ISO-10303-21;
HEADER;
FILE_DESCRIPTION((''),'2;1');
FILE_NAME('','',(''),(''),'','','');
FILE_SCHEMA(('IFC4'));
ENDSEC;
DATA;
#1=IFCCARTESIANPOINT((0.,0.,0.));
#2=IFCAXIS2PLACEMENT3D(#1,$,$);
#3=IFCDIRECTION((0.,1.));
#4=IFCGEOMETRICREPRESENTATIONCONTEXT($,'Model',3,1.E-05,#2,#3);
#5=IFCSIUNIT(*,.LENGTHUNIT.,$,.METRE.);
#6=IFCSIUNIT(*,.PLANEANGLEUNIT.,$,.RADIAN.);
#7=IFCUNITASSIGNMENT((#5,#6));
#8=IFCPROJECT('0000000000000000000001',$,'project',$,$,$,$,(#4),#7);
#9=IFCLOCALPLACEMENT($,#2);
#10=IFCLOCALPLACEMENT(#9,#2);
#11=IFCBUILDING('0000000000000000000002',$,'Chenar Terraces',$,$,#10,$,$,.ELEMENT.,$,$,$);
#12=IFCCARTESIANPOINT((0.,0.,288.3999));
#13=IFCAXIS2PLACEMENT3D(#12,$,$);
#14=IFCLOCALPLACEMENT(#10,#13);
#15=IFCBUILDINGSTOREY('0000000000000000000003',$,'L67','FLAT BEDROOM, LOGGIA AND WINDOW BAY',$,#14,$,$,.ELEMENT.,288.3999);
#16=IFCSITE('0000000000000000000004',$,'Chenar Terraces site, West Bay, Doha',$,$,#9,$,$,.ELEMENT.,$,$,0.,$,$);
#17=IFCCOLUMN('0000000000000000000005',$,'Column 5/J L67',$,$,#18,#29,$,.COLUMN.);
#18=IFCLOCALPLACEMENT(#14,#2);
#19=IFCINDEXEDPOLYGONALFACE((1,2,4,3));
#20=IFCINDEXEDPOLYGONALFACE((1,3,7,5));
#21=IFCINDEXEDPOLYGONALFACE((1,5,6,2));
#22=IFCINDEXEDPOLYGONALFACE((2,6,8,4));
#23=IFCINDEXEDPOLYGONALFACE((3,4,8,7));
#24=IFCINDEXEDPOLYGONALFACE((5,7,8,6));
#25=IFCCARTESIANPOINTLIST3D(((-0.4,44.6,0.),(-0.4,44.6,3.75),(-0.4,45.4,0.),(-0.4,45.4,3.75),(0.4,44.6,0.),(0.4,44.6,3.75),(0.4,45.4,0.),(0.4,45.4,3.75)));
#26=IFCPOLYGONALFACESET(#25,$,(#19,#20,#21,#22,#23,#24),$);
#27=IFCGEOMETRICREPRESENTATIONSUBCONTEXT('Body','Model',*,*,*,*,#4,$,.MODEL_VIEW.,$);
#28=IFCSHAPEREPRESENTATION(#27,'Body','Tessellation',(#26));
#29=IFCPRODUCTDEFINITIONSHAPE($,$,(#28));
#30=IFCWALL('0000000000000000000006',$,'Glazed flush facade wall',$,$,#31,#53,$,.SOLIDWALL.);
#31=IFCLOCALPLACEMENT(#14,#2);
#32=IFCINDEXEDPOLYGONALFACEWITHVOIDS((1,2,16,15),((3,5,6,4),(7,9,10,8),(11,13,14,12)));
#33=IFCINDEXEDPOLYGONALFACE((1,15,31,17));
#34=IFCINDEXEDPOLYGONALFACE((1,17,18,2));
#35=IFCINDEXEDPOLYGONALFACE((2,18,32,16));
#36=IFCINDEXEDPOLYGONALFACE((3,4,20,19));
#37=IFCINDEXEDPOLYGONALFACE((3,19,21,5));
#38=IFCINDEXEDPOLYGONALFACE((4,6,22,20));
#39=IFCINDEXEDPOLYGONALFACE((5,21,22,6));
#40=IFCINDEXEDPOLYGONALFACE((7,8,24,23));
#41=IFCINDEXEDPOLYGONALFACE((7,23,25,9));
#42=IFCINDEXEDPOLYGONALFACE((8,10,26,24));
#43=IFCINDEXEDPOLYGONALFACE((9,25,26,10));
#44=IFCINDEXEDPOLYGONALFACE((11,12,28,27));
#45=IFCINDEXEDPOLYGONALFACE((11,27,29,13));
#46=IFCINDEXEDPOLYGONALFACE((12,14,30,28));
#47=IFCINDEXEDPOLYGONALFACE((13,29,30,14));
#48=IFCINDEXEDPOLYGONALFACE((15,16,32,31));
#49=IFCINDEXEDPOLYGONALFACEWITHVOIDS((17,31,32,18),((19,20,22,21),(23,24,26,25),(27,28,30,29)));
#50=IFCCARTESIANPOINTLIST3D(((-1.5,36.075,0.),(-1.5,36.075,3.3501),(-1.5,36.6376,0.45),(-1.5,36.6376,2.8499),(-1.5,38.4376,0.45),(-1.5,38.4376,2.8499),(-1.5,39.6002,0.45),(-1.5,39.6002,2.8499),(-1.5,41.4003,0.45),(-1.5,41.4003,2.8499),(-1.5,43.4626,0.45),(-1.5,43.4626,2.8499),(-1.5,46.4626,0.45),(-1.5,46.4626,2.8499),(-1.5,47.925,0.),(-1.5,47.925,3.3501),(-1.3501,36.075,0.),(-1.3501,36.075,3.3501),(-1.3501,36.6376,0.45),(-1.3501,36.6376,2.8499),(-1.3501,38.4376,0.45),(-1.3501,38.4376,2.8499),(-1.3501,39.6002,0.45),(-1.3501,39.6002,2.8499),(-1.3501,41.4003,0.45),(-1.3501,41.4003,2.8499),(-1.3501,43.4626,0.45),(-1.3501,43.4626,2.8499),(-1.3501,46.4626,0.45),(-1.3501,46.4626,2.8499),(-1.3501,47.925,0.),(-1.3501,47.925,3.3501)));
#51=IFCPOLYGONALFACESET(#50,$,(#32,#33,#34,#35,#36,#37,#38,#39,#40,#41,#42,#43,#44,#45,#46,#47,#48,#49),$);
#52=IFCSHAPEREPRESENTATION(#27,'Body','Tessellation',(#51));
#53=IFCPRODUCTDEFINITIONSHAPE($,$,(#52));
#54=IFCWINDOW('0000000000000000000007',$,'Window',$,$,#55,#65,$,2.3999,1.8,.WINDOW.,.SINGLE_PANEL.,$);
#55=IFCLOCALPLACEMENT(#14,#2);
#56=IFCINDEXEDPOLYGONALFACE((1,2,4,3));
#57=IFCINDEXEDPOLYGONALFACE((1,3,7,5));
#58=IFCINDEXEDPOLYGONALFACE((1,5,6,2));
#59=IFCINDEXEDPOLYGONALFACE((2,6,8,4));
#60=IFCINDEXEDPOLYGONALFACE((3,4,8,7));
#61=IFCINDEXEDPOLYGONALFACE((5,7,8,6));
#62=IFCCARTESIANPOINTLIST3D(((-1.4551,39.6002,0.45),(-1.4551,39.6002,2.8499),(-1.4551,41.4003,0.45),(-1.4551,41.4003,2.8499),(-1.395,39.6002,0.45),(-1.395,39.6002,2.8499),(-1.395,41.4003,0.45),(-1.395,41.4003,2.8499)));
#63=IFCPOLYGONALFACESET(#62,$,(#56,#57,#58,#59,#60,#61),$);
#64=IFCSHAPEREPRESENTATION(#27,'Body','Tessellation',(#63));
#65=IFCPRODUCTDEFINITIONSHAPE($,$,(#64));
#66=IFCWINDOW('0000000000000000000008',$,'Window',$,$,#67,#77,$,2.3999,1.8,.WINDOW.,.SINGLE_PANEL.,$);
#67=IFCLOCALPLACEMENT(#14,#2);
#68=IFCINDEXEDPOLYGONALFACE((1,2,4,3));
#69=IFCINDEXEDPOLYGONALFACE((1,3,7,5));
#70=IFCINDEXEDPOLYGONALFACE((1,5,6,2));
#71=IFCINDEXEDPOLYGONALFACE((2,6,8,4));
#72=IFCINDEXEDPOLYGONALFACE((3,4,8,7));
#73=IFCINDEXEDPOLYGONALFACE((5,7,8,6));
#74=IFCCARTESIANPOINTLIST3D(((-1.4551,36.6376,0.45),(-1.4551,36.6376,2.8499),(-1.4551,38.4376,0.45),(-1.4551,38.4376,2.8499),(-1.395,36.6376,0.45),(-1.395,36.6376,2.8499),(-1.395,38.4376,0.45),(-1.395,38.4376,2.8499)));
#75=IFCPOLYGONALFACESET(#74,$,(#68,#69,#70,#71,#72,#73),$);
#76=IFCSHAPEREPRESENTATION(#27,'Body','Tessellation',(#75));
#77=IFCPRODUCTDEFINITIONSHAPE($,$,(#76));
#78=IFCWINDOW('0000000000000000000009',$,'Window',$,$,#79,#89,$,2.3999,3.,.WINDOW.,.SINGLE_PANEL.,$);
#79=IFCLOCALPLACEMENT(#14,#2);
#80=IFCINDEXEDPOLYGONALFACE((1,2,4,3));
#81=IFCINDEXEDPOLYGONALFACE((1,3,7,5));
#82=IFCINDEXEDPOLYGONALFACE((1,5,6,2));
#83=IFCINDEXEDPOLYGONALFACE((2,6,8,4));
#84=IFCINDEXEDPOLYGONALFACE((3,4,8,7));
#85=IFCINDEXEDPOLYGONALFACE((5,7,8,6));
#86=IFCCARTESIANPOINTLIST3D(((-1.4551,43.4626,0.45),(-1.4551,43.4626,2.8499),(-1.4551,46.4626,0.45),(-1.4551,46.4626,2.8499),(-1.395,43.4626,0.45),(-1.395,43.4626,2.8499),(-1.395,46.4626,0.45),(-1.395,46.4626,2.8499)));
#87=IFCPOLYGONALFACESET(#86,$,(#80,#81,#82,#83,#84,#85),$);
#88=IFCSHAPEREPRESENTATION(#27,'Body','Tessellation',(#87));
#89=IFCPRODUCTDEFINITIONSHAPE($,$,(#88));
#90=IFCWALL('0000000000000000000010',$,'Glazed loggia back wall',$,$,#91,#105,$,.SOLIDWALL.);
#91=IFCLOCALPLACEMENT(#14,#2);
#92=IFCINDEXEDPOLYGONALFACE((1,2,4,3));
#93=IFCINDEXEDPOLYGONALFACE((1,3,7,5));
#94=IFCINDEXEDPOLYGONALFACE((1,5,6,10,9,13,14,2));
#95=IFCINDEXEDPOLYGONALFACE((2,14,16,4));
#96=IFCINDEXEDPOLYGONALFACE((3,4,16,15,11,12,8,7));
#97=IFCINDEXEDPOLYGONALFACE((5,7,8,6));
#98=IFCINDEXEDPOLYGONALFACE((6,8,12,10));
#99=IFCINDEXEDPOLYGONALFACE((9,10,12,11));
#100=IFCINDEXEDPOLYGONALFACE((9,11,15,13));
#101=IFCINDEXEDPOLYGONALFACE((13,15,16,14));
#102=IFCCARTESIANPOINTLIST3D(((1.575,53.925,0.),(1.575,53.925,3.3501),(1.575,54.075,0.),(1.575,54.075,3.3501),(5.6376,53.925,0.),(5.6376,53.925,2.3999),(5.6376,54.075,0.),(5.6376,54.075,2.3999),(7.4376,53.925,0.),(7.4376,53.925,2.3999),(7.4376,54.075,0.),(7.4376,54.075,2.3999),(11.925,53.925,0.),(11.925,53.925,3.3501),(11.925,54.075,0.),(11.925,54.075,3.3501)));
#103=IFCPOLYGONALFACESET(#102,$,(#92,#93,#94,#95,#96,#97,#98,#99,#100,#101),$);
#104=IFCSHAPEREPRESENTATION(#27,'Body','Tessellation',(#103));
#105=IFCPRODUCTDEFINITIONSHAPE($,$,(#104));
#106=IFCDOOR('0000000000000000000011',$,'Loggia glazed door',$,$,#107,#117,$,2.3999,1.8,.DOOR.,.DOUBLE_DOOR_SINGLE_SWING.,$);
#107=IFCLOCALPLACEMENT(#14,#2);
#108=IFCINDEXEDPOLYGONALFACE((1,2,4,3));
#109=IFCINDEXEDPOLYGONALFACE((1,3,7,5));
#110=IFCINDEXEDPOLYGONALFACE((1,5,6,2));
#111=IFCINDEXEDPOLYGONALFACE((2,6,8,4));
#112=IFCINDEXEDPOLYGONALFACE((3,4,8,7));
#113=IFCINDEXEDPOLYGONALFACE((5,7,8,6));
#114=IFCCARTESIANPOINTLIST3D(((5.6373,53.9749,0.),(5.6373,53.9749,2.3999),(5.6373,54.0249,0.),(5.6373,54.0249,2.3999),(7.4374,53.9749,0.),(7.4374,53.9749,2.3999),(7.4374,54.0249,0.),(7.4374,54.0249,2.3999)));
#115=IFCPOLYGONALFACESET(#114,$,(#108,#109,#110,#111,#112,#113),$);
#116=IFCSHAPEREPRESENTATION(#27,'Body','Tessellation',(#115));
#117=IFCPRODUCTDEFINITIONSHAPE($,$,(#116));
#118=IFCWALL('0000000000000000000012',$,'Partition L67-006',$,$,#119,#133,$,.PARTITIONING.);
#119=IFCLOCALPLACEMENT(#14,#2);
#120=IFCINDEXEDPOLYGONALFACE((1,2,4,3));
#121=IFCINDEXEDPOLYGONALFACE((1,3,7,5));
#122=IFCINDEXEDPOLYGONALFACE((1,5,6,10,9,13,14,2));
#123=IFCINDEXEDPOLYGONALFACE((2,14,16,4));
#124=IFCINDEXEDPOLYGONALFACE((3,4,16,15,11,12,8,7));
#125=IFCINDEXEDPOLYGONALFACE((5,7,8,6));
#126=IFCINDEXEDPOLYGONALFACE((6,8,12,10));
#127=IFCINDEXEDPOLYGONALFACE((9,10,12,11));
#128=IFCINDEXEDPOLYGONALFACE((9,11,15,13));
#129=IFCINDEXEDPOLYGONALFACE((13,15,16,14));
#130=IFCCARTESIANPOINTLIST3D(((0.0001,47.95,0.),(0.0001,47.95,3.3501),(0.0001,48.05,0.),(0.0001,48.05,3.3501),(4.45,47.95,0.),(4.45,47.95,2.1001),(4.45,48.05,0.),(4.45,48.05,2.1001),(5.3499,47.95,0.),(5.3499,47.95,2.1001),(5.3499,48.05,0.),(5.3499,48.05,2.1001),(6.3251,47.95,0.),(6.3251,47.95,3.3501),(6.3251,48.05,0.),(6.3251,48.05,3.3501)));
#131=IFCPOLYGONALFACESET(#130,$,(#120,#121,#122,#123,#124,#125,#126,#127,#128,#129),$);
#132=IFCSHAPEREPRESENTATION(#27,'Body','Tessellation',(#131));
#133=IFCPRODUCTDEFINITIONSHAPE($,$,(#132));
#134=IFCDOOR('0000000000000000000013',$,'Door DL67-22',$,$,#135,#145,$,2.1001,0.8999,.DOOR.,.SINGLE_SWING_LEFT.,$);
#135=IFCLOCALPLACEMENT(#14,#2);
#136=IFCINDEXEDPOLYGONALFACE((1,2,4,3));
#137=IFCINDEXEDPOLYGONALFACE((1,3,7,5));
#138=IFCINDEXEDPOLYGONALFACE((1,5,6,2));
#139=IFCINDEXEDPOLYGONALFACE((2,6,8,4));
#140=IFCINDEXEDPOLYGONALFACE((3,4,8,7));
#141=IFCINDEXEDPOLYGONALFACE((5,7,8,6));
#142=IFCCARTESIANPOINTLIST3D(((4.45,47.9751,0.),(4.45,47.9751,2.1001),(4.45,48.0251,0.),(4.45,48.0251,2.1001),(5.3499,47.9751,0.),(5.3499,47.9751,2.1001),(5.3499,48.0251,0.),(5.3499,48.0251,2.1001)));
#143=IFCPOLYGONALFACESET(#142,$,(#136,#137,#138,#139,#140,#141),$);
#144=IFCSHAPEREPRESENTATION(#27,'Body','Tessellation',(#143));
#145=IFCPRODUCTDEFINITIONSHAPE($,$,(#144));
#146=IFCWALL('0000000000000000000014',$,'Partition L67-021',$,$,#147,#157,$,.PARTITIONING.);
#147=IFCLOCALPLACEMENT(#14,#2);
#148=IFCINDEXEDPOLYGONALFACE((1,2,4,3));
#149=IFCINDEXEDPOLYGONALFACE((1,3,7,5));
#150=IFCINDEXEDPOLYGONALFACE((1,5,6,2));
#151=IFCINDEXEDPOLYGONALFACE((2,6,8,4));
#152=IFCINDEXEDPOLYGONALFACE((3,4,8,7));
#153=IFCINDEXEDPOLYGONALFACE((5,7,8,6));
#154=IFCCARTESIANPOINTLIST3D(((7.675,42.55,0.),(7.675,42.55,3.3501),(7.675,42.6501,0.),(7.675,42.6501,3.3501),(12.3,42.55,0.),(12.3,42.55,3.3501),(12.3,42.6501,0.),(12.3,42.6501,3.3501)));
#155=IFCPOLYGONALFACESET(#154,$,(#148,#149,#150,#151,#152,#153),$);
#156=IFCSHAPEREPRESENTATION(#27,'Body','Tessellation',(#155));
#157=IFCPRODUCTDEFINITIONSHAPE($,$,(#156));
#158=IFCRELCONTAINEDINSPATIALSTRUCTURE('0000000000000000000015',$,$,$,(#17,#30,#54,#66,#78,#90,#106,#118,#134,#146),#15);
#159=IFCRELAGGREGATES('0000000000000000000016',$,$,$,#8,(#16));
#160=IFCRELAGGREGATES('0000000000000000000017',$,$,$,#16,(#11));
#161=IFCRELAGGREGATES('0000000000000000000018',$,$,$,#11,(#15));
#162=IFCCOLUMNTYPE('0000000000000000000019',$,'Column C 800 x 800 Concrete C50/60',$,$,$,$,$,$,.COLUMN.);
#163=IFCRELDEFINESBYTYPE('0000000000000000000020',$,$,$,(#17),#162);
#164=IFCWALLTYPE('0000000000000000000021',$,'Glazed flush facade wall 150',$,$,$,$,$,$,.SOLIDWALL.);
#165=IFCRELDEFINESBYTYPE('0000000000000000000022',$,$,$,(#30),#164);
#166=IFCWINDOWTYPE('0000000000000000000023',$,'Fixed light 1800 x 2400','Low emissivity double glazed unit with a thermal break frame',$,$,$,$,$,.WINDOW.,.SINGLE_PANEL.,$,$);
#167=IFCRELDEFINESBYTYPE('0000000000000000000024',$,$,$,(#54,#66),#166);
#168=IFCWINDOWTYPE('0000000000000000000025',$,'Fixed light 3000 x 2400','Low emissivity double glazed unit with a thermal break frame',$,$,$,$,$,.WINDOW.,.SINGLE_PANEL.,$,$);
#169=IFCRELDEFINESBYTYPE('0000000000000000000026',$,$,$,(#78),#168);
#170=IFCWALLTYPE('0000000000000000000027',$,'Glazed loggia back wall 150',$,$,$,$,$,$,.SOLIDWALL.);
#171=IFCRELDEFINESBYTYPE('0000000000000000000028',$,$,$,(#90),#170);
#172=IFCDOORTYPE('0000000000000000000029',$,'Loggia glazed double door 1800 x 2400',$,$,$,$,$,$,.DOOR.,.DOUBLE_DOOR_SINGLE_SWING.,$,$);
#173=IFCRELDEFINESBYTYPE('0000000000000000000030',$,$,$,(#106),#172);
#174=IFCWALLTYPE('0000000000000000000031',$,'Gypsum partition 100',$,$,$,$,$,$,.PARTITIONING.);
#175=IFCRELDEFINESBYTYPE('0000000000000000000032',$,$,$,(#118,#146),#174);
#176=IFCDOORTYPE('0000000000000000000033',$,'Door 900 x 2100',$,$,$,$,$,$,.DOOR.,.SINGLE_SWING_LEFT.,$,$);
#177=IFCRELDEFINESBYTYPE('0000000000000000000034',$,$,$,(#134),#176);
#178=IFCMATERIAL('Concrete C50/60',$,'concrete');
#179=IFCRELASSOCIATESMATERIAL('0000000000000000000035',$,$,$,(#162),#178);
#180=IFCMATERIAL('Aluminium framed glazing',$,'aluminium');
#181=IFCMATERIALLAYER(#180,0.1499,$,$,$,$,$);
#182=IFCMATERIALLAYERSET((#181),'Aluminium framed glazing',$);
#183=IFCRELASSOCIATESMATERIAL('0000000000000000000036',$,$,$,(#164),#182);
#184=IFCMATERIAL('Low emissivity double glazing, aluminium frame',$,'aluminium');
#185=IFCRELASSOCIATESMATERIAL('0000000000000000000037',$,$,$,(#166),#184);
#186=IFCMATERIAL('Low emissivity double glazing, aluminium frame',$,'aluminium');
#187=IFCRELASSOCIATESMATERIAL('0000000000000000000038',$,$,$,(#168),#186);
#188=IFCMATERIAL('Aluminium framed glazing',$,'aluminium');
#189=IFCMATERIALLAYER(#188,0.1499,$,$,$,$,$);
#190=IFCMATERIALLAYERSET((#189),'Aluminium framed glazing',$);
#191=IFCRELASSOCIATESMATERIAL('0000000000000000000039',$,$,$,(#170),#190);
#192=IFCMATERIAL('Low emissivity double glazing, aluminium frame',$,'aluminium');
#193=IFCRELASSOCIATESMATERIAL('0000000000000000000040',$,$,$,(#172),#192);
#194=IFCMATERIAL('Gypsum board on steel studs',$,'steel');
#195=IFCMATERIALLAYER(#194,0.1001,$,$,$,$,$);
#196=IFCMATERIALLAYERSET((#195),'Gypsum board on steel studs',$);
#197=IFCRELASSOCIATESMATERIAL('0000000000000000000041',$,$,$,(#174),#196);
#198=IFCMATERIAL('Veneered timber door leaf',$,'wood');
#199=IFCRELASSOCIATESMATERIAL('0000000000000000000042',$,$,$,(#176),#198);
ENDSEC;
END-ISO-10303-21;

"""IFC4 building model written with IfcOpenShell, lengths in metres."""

from ifc_helpers import new_model, si_unit, direction, frame, frame_2d, origin, origin_2d, place, context, subcontext, project, spatial, rectangle, extrude, material, layer, layer_set, material_profile, profile_set, type_object, element, fill, save


model = new_model("IFC4")

# Units and contexts
model_context = context("Model", 3, precision=1e-05, world=origin(), true_north=direction((0.0, 1.0)))
body_context = subcontext(model_context, "Body", "Model", "MODEL_VIEW")
ifc_project = project(units=[si_unit("LENGTHUNIT", "METRE"), si_unit("PLANEANGLEUNIT", "RADIAN")], contexts=[model_context])

# Site, building, storey
site_placement = place(None, origin())
site = spatial("IfcSite", under=ifc_project, at=site_placement, Name="Chenar Terraces site, West Bay, Doha", CompositionType="ELEMENT", RefElevation=0.0)
building_placement = place(site_placement, origin())
building = spatial("IfcBuilding", under=site, at=building_placement, Name="Chenar Terraces", CompositionType="ELEMENT")
storey_placement = place(building_placement, frame((0.0, 0.0, 288.3999)))
storey = spatial("IfcBuildingStorey", under=building, at=storey_placement, Name="L67", Description="FLAT BEDROOM, LOGGIA AND WINDOW BAY", CompositionType="ELEMENT", Elevation=288.3999)

# Column
ifc_material_1 = material(Name="Concrete C50/60", Category="concrete")
ifc_material_profile_1 = material_profile(ifc_material_1, rectangle(XDim=0.8, YDim=0.8, at=origin_2d()), Name="C 800 x 800")
ifc_profile_set_1 = profile_set([ifc_material_profile_1], Name="Concrete C50/60")
column_type = type_object("IfcColumnType", Name="Column C 800 x 800 Concrete C50/60", PredefinedType="COLUMN", material=ifc_profile_set_1)
column_placement = place(storey_placement, frame((0.0, 45.0, 0.0), z_axis=(0.0, 0.0, 1.0), x_axis=(1.0, 0.0, 0.0)))
element("IfcColumn", 1, at=column_placement, inside=storey, type_object=column_type, Name="Column 5/J L67", PredefinedType="COLUMN", context=body_context, shape_type="SweptSolid", body=[
    extrude(rectangle(XDim=0.8, YDim=0.8, at=origin_2d()), origin(), (0.0, 0.0, 1.0), 3.75),
])

# Wall, openings, windows
ifc_material_2 = material(Name="Aluminium framed glazing", Category="aluminium")
ifc_layer_1 = layer(ifc_material_2, 0.1499)
ifc_layer_set_1 = layer_set([ifc_layer_1], Name="Aluminium framed glazing")
wall_type_1 = type_object("IfcWallType", Name="Glazed flush facade wall 150", PredefinedType="SOLIDWALL", material=ifc_layer_set_1)
wall_1_placement = place(storey_placement, frame((-1.425, 47.925, 0.0), z_axis=(0.0, 0.0, 1.0), x_axis=(0.0, -1.0, 0.0)))
wall_1 = element("IfcWall", 2, at=wall_1_placement, inside=storey, type_object=wall_type_1, Name="Glazed flush facade wall", PredefinedType="SOLIDWALL", context=body_context, shape_type="SweptSolid", body=[
    extrude(rectangle(XDim=11.8501, YDim=0.1499, at=frame_2d((5.925, 0.0))), origin(), (0.0, 0.0, 1.0), 3.3501),
])
opening_1_placement = place(wall_1_placement, frame((1.4624, 0.0, 0.45)))
opening_1 = element("IfcOpeningElement", 3, at=opening_1_placement, cuts=wall_1, PredefinedType="OPENING", context=body_context, shape_type="SweptSolid", body=[
    extrude(rectangle(XDim=3.0, YDim=2.3999, at=frame_2d((1.5, 1.2))), frame((0.0, 0.085, 0.0), z_axis=(0.0, -1.0, 0.0), x_axis=(1.0, 0.0, 0.0)), (0.0, 0.0, 1.0), 0.1699),
])
opening_2_placement = place(wall_1_placement, frame((6.5249, 0.0, 0.45)))
opening_2 = element("IfcOpeningElement", 4, at=opening_2_placement, cuts=wall_1, PredefinedType="OPENING", context=body_context, shape_type="SweptSolid", body=[
    extrude(rectangle(XDim=1.8, YDim=2.3999, at=frame_2d((0.8999, 1.2))), frame((0.0, 0.085, 0.0), z_axis=(0.0, -1.0, 0.0), x_axis=(1.0, 0.0, 0.0)), (0.0, 0.0, 1.0), 0.1699),
])
opening_3_placement = place(wall_1_placement, frame((9.4875, 0.0, 0.45)))
opening_3 = element("IfcOpeningElement", 5, at=opening_3_placement, cuts=wall_1, PredefinedType="OPENING", context=body_context, shape_type="SweptSolid", body=[
    extrude(rectangle(XDim=1.8, YDim=2.3999, at=frame_2d((0.8999, 1.2))), frame((0.0, 0.085, 0.0), z_axis=(0.0, -1.0, 0.0), x_axis=(1.0, 0.0, 0.0)), (0.0, 0.0, 1.0), 0.1699),
])
ifc_material_3 = material(Name="Low emissivity double glazing, aluminium frame", Category="aluminium")
window_type_1 = type_object("IfcWindowType", Name="Fixed light 1800 x 2400", Description="Low emissivity double glazed unit with a thermal break frame", PartitioningType="SINGLE_PANEL", PredefinedType="WINDOW", material=ifc_material_3)
window_1_placement = place(opening_2_placement, origin())
window_1 = element("IfcWindow", 6, at=window_1_placement, inside=storey, type_object=window_type_1, Name="Window", OverallHeight=2.3999, OverallWidth=1.8, PartitioningType="SINGLE_PANEL", PredefinedType="WINDOW", context=body_context, shape_type="SweptSolid", body=[
    extrude(rectangle(XDim=1.8, YDim=2.3999, at=frame_2d((0.8999, 1.2))), frame((0.0, 0.03, 0.0), z_axis=(0.0, -1.0, 0.0), x_axis=(1.0, 0.0, 0.0)), (0.0, 0.0, 1.0), 0.0601),
])
fill(opening_2, window_1)
window_2_placement = place(opening_3_placement, origin())
window_2 = element("IfcWindow", 7, at=window_2_placement, inside=storey, type_object=window_type_1, Name="Window", OverallHeight=2.3999, OverallWidth=1.8, PartitioningType="SINGLE_PANEL", PredefinedType="WINDOW", context=body_context, shape_type="SweptSolid", body=[
    extrude(rectangle(XDim=1.8, YDim=2.3999, at=frame_2d((0.8999, 1.2))), frame((0.0, 0.03, 0.0), z_axis=(0.0, -1.0, 0.0), x_axis=(1.0, 0.0, 0.0)), (0.0, 0.0, 1.0), 0.0601),
])
fill(opening_3, window_2)
ifc_material_4 = material(Name="Low emissivity double glazing, aluminium frame", Category="aluminium")
window_type_2 = type_object("IfcWindowType", Name="Fixed light 3000 x 2400", Description="Low emissivity double glazed unit with a thermal break frame", PartitioningType="SINGLE_PANEL", PredefinedType="WINDOW", material=ifc_material_4)
window_3_placement = place(opening_1_placement, origin())
window_3 = element("IfcWindow", 8, at=window_3_placement, inside=storey, type_object=window_type_2, Name="Window", OverallHeight=2.3999, OverallWidth=3.0, PartitioningType="SINGLE_PANEL", PredefinedType="WINDOW", context=body_context, shape_type="SweptSolid", body=[
    extrude(rectangle(XDim=3.0, YDim=2.3999, at=frame_2d((1.5, 1.2))), frame((0.0, 0.03, 0.0), z_axis=(0.0, -1.0, 0.0), x_axis=(1.0, 0.0, 0.0)), (0.0, 0.0, 1.0), 0.0601),
])
fill(opening_1, window_3)

# Walls, openings, doors
ifc_material_5 = material(Name="Aluminium framed glazing", Category="aluminium")
ifc_layer_2 = layer(ifc_material_5, 0.1499)
ifc_layer_set_2 = layer_set([ifc_layer_2], Name="Aluminium framed glazing")
wall_type_2 = type_object("IfcWallType", Name="Glazed loggia back wall 150", PredefinedType="SOLIDWALL", material=ifc_layer_set_2)
wall_2_placement = place(storey_placement, frame((11.925, 54.0, 0.0), z_axis=(0.0, 0.0, 1.0), x_axis=(-1.0, 0.0, 0.0)))
wall_2 = element("IfcWall", 9, at=wall_2_placement, inside=storey, type_object=wall_type_2, Name="Glazed loggia back wall", PredefinedType="SOLIDWALL", context=body_context, shape_type="SweptSolid", body=[
    extrude(rectangle(XDim=10.3501, YDim=0.1499, at=frame_2d((5.175, 0.0))), origin(), (0.0, 0.0, 1.0), 3.3501),
])
opening_4_placement = place(wall_2_placement, frame((4.4875, 0.0, 0.0)))
opening_4 = element("IfcOpeningElement", 10, at=opening_4_placement, cuts=wall_2, PredefinedType="OPENING", context=body_context, shape_type="SweptSolid", body=[
    extrude(rectangle(XDim=1.8, YDim=2.3999, at=frame_2d((0.8999, 1.2))), frame((0.0, 0.085, 0.0), z_axis=(0.0, -1.0, 0.0), x_axis=(1.0, 0.0, 0.0)), (0.0, 0.0, 1.0), 0.1699),
])
ifc_material_6 = material(Name="Low emissivity double glazing, aluminium frame", Category="aluminium")
door_type_1 = type_object("IfcDoorType", Name="Loggia glazed double door 1800 x 2400", OperationType="DOUBLE_DOOR_SINGLE_SWING", PredefinedType="DOOR", material=ifc_material_6)
door_1_placement = place(opening_4_placement, frame((1.8, 0.0, 0.0), z_axis=(0.0, 0.0, 1.0), x_axis=(-1.0, 0.0, 0.0)))
door_1 = element("IfcDoor", 11, at=door_1_placement, inside=storey, type_object=door_type_1, Name="Loggia glazed door", OperationType="DOUBLE_DOOR_SINGLE_SWING", OverallHeight=2.3999, OverallWidth=1.8, PredefinedType="DOOR", context=body_context, shape_type="SweptSolid", body=[
    extrude(rectangle(XDim=1.8, YDim=2.3999, at=frame_2d((0.8999, 1.2))), frame((0.0, 0.0249, 0.0), z_axis=(0.0, -1.0, 0.0), x_axis=(1.0, 0.0, 0.0)), (0.0, 0.0, 1.0), 0.05),
])
fill(opening_4, door_1)
ifc_material_7 = material(Name="Gypsum board on steel studs", Category="steel")
ifc_layer_3 = layer(ifc_material_7, 0.1001)
ifc_layer_set_3 = layer_set([ifc_layer_3], Name="Gypsum board on steel studs")
wall_type_3 = type_object("IfcWallType", Name="Gypsum partition 100", PredefinedType="PARTITIONING", material=ifc_layer_set_3)
wall_3_placement = place(storey_placement, frame((0.0, 48.0, 0.0), z_axis=(0.0, 0.0, 1.0), x_axis=(1.0, 0.0, 0.0)))
wall_3 = element("IfcWall", 12, at=wall_3_placement, inside=storey, type_object=wall_type_3, Name="Partition L67-006", PredefinedType="PARTITIONING", context=body_context, shape_type="SweptSolid", body=[
    extrude(rectangle(XDim=6.325, YDim=0.1001, at=frame_2d((3.1626, 0.0))), origin(), (0.0, 0.0, 1.0), 3.3501),
])
opening_5_placement = place(wall_3_placement, frame((4.45, 0.0, 0.0)))
opening_5 = element("IfcOpeningElement", 13, at=opening_5_placement, cuts=wall_3, PredefinedType="OPENING", context=body_context, shape_type="SweptSolid", body=[
    extrude(rectangle(XDim=0.8999, YDim=2.1001, at=frame_2d((0.45, 1.05))), frame((0.0, 0.0601, 0.0), z_axis=(0.0, -1.0, 0.0), x_axis=(1.0, 0.0, 0.0)), (0.0, 0.0, 1.0), 0.1201),
])
ifc_material_8 = material(Name="Veneered timber door leaf", Category="wood")
door_type_2 = type_object("IfcDoorType", Name="Door 900 x 2100", OperationType="SINGLE_SWING_LEFT", PredefinedType="DOOR", material=ifc_material_8)
door_2_placement = place(opening_5_placement, frame((0.8999, 0.0, 0.0), z_axis=(0.0, 0.0, 1.0), x_axis=(-1.0, 0.0, 0.0)))
door_2 = element("IfcDoor", 14, at=door_2_placement, inside=storey, type_object=door_type_2, Name="Door DL67-22", OperationType="SINGLE_SWING_LEFT", OverallHeight=2.1001, OverallWidth=0.8999, PredefinedType="DOOR", context=body_context, shape_type="SweptSolid", body=[
    extrude(rectangle(XDim=0.8999, YDim=2.1001, at=frame_2d((0.45, 1.05))), frame((0.0, 0.0249, 0.0), z_axis=(0.0, -1.0, 0.0), x_axis=(1.0, 0.0, 0.0)), (0.0, 0.0, 1.0), 0.05),
])
fill(opening_5, door_2)

# Wall
wall_4_placement = place(storey_placement, frame((7.675, 42.6001, 0.0), z_axis=(0.0, 0.0, 1.0), x_axis=(1.0, 0.0, 0.0)))
element("IfcWall", 15, at=wall_4_placement, inside=storey, type_object=wall_type_3, Name="Partition L67-021", PredefinedType="PARTITIONING", context=body_context, shape_type="SweptSolid", body=[
    extrude(rectangle(XDim=4.625, YDim=0.1001, at=frame_2d((2.3125, 0.0))), origin(), (0.0, 0.0, 1.0), 3.3501),
])

save(model, "model.ifc")
